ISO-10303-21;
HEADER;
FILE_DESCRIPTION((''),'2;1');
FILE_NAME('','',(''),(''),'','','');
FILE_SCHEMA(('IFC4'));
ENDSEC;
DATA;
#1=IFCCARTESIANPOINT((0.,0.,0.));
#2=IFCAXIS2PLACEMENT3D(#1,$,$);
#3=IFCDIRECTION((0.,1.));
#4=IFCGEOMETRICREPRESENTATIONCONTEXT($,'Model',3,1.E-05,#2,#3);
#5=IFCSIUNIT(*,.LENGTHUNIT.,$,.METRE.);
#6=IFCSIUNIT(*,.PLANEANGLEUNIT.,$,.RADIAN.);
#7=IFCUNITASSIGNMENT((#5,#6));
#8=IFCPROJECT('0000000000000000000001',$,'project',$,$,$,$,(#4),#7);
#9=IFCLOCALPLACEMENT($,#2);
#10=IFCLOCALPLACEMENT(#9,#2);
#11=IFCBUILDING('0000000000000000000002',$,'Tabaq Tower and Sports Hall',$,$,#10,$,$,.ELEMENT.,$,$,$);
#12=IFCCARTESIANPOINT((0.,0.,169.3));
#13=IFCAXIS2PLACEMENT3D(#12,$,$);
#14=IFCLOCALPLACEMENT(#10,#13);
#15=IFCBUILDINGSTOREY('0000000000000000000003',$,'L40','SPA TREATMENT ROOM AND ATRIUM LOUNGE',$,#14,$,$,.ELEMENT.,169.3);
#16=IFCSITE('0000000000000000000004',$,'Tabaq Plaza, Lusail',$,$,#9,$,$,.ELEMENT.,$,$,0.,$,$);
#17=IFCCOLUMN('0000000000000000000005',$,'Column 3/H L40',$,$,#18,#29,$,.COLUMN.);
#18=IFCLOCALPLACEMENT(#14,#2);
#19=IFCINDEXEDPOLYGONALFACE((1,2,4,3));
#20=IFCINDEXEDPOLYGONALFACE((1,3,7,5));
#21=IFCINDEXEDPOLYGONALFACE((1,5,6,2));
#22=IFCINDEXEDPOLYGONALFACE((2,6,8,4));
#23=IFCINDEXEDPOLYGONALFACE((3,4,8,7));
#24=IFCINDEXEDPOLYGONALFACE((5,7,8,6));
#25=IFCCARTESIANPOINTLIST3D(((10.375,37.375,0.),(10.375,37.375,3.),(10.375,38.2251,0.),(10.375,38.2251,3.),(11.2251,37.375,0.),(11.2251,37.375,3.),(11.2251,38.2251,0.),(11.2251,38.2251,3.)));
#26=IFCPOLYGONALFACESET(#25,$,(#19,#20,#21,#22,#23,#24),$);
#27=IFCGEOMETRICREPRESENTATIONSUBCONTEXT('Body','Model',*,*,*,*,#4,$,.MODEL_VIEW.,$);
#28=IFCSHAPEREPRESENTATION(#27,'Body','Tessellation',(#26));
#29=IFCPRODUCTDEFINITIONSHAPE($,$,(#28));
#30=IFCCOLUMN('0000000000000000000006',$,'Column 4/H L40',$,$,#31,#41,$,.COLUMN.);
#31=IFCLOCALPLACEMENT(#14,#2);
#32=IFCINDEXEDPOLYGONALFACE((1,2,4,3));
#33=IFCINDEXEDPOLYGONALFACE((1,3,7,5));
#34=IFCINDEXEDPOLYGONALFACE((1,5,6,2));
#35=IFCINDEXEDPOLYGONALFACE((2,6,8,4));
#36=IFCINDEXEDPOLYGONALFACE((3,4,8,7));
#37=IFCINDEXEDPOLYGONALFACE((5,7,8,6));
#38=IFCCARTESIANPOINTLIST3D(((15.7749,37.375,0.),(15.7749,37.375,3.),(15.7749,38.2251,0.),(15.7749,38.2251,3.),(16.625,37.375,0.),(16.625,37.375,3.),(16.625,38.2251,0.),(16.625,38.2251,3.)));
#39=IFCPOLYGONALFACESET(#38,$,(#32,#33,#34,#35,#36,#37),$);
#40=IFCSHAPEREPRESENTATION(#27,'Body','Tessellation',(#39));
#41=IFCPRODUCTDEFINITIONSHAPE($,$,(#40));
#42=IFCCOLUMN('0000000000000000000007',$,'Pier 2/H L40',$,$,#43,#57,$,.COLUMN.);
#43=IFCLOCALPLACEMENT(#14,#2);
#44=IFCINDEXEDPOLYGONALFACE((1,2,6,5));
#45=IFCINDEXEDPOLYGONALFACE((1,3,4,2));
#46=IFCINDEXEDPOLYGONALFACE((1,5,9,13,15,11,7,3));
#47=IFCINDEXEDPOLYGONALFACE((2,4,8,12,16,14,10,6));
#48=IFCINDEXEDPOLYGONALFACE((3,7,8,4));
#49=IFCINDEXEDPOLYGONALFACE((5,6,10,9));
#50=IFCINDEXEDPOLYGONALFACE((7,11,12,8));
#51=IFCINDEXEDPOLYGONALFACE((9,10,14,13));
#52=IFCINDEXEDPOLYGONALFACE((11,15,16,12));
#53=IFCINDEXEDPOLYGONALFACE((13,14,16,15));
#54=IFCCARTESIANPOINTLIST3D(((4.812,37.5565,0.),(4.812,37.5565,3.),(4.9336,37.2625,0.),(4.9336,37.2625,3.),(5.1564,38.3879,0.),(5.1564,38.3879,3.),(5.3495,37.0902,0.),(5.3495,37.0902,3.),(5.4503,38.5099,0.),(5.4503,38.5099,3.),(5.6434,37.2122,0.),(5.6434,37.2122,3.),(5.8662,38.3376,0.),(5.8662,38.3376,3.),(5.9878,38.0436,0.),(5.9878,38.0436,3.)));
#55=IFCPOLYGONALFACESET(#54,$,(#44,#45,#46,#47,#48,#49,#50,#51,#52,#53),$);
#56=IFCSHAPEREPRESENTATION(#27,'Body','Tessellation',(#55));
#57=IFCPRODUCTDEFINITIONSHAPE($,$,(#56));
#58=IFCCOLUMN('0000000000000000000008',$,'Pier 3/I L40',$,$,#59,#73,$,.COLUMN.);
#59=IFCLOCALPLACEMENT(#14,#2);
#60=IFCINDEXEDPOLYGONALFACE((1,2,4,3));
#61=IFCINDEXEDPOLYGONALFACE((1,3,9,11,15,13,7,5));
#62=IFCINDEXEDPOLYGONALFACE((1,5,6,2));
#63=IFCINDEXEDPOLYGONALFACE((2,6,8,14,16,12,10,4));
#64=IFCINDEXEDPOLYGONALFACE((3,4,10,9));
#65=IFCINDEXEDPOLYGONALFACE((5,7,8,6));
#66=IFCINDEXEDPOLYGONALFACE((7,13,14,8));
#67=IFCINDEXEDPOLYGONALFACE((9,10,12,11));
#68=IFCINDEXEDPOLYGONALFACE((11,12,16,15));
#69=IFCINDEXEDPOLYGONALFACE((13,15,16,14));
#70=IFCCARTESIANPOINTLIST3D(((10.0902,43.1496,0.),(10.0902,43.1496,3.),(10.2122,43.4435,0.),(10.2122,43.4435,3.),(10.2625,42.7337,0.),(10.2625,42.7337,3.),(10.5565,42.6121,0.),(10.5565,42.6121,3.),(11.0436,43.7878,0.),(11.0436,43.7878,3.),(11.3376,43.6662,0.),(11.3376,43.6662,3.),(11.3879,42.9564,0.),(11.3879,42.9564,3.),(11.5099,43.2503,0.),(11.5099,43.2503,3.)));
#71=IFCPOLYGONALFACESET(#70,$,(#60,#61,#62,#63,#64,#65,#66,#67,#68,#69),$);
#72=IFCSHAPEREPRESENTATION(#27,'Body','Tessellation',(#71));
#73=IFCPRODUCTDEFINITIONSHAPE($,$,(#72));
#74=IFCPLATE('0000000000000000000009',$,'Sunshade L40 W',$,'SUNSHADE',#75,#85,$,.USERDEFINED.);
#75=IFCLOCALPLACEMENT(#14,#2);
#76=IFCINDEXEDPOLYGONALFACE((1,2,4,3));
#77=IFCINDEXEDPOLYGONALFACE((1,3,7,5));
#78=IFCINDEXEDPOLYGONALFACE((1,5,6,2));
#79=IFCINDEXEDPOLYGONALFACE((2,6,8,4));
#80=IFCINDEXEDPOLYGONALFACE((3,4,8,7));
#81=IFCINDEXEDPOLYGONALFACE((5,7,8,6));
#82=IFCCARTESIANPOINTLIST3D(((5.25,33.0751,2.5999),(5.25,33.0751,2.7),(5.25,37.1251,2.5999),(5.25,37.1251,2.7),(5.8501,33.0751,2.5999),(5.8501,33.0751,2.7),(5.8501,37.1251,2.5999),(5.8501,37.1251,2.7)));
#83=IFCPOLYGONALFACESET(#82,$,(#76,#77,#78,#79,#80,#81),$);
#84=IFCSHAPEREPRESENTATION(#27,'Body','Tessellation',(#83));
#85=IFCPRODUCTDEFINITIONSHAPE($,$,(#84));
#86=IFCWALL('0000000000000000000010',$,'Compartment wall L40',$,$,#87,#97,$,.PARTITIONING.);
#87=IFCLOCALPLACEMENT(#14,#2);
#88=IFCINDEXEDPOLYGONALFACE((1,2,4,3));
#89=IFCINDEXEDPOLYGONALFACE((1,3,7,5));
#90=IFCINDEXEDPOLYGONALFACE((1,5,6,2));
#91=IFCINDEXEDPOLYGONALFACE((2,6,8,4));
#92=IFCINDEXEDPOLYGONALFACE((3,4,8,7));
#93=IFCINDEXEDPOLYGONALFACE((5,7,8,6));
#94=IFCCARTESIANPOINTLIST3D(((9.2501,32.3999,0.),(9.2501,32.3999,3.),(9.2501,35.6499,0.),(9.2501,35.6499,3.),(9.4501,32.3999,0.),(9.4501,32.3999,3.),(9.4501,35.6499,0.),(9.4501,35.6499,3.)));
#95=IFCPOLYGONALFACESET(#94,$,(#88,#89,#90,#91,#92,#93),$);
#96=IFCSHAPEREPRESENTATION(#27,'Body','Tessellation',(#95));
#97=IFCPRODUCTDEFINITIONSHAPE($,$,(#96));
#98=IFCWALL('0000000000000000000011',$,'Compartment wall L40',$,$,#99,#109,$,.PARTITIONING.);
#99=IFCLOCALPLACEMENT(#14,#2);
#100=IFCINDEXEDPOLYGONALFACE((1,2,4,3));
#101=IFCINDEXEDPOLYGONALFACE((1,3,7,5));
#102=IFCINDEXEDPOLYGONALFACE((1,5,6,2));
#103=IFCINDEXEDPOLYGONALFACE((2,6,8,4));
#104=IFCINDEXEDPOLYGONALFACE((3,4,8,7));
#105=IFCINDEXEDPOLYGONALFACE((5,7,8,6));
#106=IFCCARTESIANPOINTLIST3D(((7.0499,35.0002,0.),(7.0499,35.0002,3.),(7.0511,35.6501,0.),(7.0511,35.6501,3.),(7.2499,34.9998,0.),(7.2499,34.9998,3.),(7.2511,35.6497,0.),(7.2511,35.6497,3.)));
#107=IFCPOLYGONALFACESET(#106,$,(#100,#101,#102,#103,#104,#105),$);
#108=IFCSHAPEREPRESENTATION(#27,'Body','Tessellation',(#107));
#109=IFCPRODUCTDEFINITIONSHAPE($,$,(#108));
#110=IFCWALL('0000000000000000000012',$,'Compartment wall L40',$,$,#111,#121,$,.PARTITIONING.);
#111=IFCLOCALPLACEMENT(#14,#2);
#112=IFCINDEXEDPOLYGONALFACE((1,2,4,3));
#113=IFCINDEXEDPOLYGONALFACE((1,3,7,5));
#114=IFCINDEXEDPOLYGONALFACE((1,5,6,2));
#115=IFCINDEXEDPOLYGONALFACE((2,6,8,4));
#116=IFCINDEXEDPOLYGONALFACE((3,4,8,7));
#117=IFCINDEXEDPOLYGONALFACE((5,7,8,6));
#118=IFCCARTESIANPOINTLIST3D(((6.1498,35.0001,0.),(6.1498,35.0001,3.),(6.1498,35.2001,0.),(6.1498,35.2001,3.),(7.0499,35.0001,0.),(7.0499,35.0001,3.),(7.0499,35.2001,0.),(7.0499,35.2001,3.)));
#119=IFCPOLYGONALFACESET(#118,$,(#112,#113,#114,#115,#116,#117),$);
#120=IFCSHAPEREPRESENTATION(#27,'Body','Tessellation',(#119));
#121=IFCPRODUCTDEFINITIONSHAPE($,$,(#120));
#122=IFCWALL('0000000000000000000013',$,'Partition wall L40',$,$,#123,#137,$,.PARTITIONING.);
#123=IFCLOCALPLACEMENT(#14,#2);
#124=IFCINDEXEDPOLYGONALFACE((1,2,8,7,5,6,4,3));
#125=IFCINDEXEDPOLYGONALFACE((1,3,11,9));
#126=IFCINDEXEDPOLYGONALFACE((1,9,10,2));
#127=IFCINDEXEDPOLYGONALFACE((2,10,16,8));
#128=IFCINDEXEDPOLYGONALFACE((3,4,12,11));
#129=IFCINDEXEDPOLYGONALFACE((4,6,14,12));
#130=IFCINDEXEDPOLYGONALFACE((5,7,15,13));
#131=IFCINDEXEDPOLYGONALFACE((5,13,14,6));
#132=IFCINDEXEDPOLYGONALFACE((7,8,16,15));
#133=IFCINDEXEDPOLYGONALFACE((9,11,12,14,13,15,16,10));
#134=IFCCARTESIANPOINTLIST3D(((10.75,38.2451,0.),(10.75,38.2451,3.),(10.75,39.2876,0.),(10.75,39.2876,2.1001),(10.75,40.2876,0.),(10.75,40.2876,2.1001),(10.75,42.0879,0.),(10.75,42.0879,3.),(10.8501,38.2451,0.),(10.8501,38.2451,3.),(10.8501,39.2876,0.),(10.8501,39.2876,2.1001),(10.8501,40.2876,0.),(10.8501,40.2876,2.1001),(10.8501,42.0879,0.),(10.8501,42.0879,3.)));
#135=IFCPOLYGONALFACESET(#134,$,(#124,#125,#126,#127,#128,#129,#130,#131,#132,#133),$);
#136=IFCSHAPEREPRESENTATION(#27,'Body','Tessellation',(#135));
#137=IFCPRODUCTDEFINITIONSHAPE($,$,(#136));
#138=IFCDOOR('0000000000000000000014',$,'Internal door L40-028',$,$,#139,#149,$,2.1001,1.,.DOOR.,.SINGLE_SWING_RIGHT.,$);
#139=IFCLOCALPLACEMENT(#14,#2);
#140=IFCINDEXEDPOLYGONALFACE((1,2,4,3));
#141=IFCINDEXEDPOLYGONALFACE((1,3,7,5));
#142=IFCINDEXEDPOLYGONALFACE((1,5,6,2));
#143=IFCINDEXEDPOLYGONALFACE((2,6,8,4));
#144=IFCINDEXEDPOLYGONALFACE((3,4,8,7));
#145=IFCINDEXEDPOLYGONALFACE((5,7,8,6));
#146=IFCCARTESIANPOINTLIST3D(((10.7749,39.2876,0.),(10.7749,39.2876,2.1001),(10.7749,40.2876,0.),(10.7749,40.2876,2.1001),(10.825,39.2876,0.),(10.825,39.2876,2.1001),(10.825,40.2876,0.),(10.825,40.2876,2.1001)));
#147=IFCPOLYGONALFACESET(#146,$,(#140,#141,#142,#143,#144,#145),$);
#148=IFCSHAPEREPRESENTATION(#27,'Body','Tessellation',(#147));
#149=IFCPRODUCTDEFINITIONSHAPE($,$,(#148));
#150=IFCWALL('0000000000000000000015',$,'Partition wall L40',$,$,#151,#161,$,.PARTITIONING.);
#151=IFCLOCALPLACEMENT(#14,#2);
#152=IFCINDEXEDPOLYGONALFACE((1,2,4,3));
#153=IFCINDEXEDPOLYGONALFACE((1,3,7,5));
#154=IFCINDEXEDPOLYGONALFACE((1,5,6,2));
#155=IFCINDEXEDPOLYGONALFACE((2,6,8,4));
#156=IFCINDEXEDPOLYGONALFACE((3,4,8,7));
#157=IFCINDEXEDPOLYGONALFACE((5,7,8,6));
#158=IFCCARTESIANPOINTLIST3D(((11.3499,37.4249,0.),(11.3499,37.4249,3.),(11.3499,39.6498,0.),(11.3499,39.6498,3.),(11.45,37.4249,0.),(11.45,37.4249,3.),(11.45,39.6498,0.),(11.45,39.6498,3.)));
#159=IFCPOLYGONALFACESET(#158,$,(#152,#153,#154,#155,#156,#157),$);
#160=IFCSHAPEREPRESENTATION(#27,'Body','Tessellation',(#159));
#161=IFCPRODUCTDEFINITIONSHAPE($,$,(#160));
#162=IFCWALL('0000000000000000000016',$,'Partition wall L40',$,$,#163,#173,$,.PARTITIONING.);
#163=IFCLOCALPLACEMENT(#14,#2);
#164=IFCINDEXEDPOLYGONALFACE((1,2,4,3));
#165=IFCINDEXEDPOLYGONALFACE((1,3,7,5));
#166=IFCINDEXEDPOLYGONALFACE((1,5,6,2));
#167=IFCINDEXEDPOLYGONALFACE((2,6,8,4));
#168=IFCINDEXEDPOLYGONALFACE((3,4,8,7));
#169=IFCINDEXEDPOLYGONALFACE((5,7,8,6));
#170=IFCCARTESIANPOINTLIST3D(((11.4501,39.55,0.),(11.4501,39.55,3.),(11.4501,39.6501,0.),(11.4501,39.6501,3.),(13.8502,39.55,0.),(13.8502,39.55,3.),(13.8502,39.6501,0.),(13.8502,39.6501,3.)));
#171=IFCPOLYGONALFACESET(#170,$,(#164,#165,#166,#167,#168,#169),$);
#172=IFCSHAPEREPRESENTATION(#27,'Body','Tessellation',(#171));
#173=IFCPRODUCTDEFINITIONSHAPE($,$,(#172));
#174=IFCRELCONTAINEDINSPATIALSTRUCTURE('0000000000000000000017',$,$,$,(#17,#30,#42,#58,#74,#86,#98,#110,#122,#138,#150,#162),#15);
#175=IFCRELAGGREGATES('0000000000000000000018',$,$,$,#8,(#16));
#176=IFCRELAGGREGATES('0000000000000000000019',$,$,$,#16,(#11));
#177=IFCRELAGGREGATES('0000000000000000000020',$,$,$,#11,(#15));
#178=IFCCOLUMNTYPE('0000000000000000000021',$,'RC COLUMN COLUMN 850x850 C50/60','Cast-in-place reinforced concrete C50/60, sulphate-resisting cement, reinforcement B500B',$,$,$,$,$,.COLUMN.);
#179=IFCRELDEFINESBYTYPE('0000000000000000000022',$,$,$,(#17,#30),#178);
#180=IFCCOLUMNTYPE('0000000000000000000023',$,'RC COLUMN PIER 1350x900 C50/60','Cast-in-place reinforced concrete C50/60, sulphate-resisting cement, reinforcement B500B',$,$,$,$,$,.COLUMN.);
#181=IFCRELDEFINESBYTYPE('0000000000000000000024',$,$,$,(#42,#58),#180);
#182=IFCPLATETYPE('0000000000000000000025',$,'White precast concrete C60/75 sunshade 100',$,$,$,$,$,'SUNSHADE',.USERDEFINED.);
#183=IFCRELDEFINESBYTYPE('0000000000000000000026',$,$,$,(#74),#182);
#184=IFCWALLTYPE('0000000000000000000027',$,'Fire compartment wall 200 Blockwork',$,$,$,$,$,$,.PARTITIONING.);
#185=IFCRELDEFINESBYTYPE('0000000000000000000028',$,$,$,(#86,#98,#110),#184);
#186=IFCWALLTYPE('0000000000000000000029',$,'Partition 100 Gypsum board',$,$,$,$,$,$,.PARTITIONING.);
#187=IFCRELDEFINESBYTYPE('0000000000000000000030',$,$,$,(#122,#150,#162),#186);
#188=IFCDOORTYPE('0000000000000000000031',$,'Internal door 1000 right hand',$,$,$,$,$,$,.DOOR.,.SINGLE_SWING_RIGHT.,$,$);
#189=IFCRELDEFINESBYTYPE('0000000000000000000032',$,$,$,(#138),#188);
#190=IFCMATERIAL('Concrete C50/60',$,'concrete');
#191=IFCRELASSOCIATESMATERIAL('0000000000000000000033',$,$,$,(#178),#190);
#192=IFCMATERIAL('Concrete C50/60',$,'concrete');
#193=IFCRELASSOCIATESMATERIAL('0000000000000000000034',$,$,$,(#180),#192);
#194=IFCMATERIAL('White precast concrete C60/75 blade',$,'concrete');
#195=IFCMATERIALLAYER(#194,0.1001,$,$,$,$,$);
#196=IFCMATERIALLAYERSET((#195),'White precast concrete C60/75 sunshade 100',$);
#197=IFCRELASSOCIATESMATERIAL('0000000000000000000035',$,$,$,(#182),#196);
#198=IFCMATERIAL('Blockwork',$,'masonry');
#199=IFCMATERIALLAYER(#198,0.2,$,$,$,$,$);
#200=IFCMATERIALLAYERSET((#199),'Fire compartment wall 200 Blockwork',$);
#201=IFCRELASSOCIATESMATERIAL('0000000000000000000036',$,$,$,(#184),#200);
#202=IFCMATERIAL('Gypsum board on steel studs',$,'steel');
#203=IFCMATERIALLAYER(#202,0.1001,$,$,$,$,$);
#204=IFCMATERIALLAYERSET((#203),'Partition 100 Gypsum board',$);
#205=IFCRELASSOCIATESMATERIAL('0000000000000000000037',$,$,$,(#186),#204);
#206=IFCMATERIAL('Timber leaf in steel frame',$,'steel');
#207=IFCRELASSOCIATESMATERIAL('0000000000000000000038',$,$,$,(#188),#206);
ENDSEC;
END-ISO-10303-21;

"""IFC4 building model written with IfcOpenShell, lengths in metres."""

from ifc_helpers import new_model, si_unit, direction, frame, frame_2d, origin, origin_2d, place, context, subcontext, project, spatial, polyline, rectangle, outline, extrude, material, layer, layer_set, material_profile, profile_set, type_object, element, fill, save


model = new_model("IFC4")

# Units and contexts
model_context = context("Model", 3, precision=1e-05, world=origin(), true_north=direction((0.0, 1.0)))
body_context = subcontext(model_context, "Body", "Model", "MODEL_VIEW")
ifc_project = project(units=[si_unit("LENGTHUNIT", "METRE"), si_unit("PLANEANGLEUNIT", "RADIAN")], contexts=[model_context])

# Site, building, storey
site_placement = place(None, origin())
site = spatial("IfcSite", under=ifc_project, at=site_placement, Name="Tabaq Plaza, Lusail", CompositionType="ELEMENT", RefElevation=0.0)
building_placement = place(site_placement, origin())
building = spatial("IfcBuilding", under=site, at=building_placement, Name="Tabaq Tower and Sports Hall", CompositionType="ELEMENT")
storey_placement = place(building_placement, frame((0.0, 0.0, 169.3)))
storey = spatial("IfcBuildingStorey", under=building, at=storey_placement, Name="L40", Description="SPA TREATMENT ROOM AND ATRIUM LOUNGE", CompositionType="ELEMENT", Elevation=169.3)

# Columns
ifc_material_1 = material(Name="Concrete C50/60", Category="concrete")
ifc_material_profile_1 = material_profile(ifc_material_1, rectangle(XDim=0.8501, YDim=0.8501, at=origin_2d()), Name="COLUMN 850x850")
ifc_profile_set_1 = profile_set([ifc_material_profile_1], Name="Concrete C50/60")
column_type_1 = type_object("IfcColumnType", Name="RC COLUMN COLUMN 850x850 C50/60", Description="Cast-in-place reinforced concrete C50/60, sulphate-resisting cement, reinforcement B500B", PredefinedType="COLUMN", material=ifc_profile_set_1)
for number, where, z_axis, x_axis, name in (
    (1, (10.8, 37.8, 0.0), (0.0, 0.0, 1.0), (1.0, 0.0, 0.0), "Column 3/H L40"),
    (2, (16.2, 37.8, 0.0), (0.0, 0.0, 1.0), (1.0, 0.0, 0.0), "Column 4/H L40"),
):
    element("IfcColumn", number, at=place(storey_placement, frame(where, z_axis=z_axis, x_axis=x_axis)), inside=storey, type_object=column_type_1, Name=name, PredefinedType="COLUMN", context=body_context, shape_type="SweptSolid", body=[
        extrude(rectangle(XDim=0.8501, YDim=0.8501, at=origin_2d()), origin(), (0.0, 0.0, 1.0), 3.0),
    ])
ifc_material_2 = material(Name="Concrete C50/60", Category="concrete")
ifc_material_profile_2 = material_profile(ifc_material_2, outline(polyline([(-0.45, -0.45), (0.45, -0.45), (0.675, -0.2251), (0.675, 0.2251), (0.45, 0.45), (-0.45, 0.45), (-0.675, 0.2251), (-0.675, -0.2251), (-0.45, -0.45)])), Name="PIER 1350x900")
ifc_profile_set_2 = profile_set([ifc_material_profile_2], Name="Concrete C50/60")
column_type_2 = type_object("IfcColumnType", Name="RC COLUMN PIER 1350x900 C50/60", Description="Cast-in-place reinforced concrete C50/60, sulphate-resisting cement, reinforcement B500B", PredefinedType="COLUMN", material=ifc_profile_set_2)
for number, where, z_axis, x_axis, name in (
    (3, (5.3999, 37.8, 0.0), (0.0, 0.0, 1.0), (0.382683, 0.92388, 0.0), "Pier 2/H L40"),
    (4, (10.8, 43.2, 0.0), (0.0, 0.0, 1.0), (0.92388, 0.382683, 0.0), "Pier 3/I L40"),
):
    element("IfcColumn", number, at=place(storey_placement, frame(where, z_axis=z_axis, x_axis=x_axis)), inside=storey, type_object=column_type_2, Name=name, PredefinedType="COLUMN", context=body_context, shape_type="SweptSolid", body=[
        extrude(outline(polyline([(-0.45, -0.45), (0.45, -0.45), (0.675, -0.2251), (0.675, 0.2251), (0.45, 0.45), (-0.45, 0.45), (-0.675, 0.2251), (-0.675, -0.2251), (-0.45, -0.45)])), origin(), (0.0, 0.0, 1.0), 3.0),
    ])

# Plate
ifc_material_3 = material(Name="White precast concrete C60/75 blade", Category="concrete")
ifc_layer_1 = layer(ifc_material_3, 0.1001)
ifc_layer_set_1 = layer_set([ifc_layer_1], Name="White precast concrete C60/75 sunshade 100")
plate_type = type_object("IfcPlateType", Name="White precast concrete C60/75 sunshade 100", ElementType="SUNSHADE", PredefinedType="USERDEFINED", material=ifc_layer_set_1)
plate_placement = place(storey_placement, frame((5.55, 35.1001, 2.5999), z_axis=(0.0, 0.0, 1.0), x_axis=(0.0, -1.0, 0.0)))
element("IfcPlate", 5, at=plate_placement, inside=storey, type_object=plate_type, Name="Sunshade L40 W", ObjectType="SUNSHADE", PredefinedType="USERDEFINED", context=body_context, shape_type="SweptSolid", body=[
    extrude(rectangle(XDim=4.05, YDim=0.6001, at=origin_2d()), origin(), (0.0, 0.0, 1.0), 0.1001),
])

# Wall
ifc_material_4 = material(Name="Blockwork", Category="masonry")
ifc_layer_2 = layer(ifc_material_4, 0.2)
ifc_layer_set_2 = layer_set([ifc_layer_2], Name="Fire compartment wall 200 Blockwork")
wall_type_1 = type_object("IfcWallType", Name="Fire compartment wall 200 Blockwork", PredefinedType="PARTITIONING", material=ifc_layer_set_2)
wall_1_placement = place(storey_placement, frame((9.3501, 35.6499, 0.0), z_axis=(0.0, 0.0, 1.0), x_axis=(0.0, -1.0, 0.0)))
element("IfcWall", 6, at=wall_1_placement, inside=storey, type_object=wall_type_1, Name="Compartment wall L40", PredefinedType="PARTITIONING", context=body_context, shape_type="SweptSolid", body=[
    extrude(rectangle(XDim=3.25, YDim=0.2, at=frame_2d((1.625, 0.0))), origin(), (0.0, 0.0, 1.0), 3.0),
])

# Walls
wall_2_placement = place(storey_placement, frame((7.1511, 35.6499, 0.0), z_axis=(0.0, 0.0, 1.0), x_axis=(-0.001878, -0.999998, 0.0)))
element("IfcWall", 7, at=wall_2_placement, inside=storey, type_object=wall_type_1, Name="Compartment wall L40", PredefinedType="PARTITIONING", context=body_context, shape_type="SweptSolid", body=[
    extrude(rectangle(XDim=0.6499, YDim=0.2, at=frame_2d((0.325, 0.0))), origin(), (0.0, 0.0, 1.0), 3.0),
])
wall_3_placement = place(storey_placement, frame((7.05, 35.1001, 0.0), z_axis=(0.0, 0.0, 1.0), x_axis=(-1.0, 0.0, 0.0)))
element("IfcWall", 8, at=wall_3_placement, inside=storey, type_object=wall_type_1, Name="Compartment wall L40", PredefinedType="PARTITIONING", context=body_context, shape_type="SweptSolid", body=[
    extrude(rectangle(XDim=0.9001, YDim=0.2, at=frame_2d((0.4502, 0.0))), origin(), (0.0, 0.0, 1.0), 3.0),
])

# Wall, opening, door
ifc_material_5 = material(Name="Gypsum board on steel studs", Category="steel")
ifc_layer_3 = layer(ifc_material_5, 0.1001)
ifc_layer_set_3 = layer_set([ifc_layer_3], Name="Partition 100 Gypsum board")
wall_type_2 = type_object("IfcWallType", Name="Partition 100 Gypsum board", PredefinedType="PARTITIONING", material=ifc_layer_set_3)
wall_4_placement = place(storey_placement, frame((10.8, 42.0879, 0.0), z_axis=(0.0, 0.0, 1.0), x_axis=(0.0, -1.0, 0.0)))
wall_4 = element("IfcWall", 9, at=wall_4_placement, inside=storey, type_object=wall_type_2, Name="Partition wall L40", PredefinedType="PARTITIONING", context=body_context, shape_type="SweptSolid", body=[
    extrude(rectangle(XDim=3.8428, YDim=0.1001, at=frame_2d((1.9214, 0.0))), origin(), (0.0, 0.0, 1.0), 3.0),
])
opening_1_placement = place(wall_4_placement, frame((1.8003, 0.0, 0.0)))
opening_1 = element("IfcOpeningElement", 10, at=opening_1_placement, cuts=wall_4, PredefinedType="OPENING", context=body_context, shape_type="SweptSolid", body=[
    extrude(rectangle(XDim=1.0, YDim=2.1001, at=frame_2d((0.5, 1.05))), frame((0.0, 0.05, 0.0), z_axis=(0.0, -1.0, 0.0), x_axis=(1.0, 0.0, 0.0)), (0.0, 0.0, 1.0), 0.1001),
])
ifc_material_6 = material(Name="Timber leaf in steel frame", Category="steel")
door_type_1 = type_object("IfcDoorType", Name="Internal door 1000 right hand", OperationType="SINGLE_SWING_RIGHT", PredefinedType="DOOR", material=ifc_material_6)
door_1_placement = place(opening_1_placement, origin())
door_1 = element("IfcDoor", 11, at=door_1_placement, inside=storey, type_object=door_type_1, Name="Internal door L40-028", OperationType="SINGLE_SWING_RIGHT", OverallHeight=2.1001, OverallWidth=1.0, PredefinedType="DOOR", context=body_context, shape_type="SweptSolid", body=[
    extrude(rectangle(XDim=1.0, YDim=2.1001, at=frame_2d((0.5, 1.05))), frame((0.0, 0.0249, 0.0), z_axis=(0.0, -1.0, 0.0), x_axis=(1.0, 0.0, 0.0)), (0.0, 0.0, 1.0), 0.05),
])
fill(opening_1, door_1)

# Walls
wall_5_placement = place(storey_placement, frame((11.3999, 37.425, 0.0), z_axis=(0.0, 0.0, 1.0), x_axis=(0.0, 1.0, 0.0)))
element("IfcWall", 12, at=wall_5_placement, inside=storey, type_object=wall_type_2, Name="Partition wall L40", PredefinedType="PARTITIONING", context=body_context, shape_type="SweptSolid", body=[
    extrude(rectangle(XDim=2.2249, YDim=0.1001, at=frame_2d((1.1123, 0.0))), origin(), (0.0, 0.0, 1.0), 3.0),
])
wall_6_placement = place(storey_placement, frame((11.45, 39.6001, 0.0), z_axis=(0.0, 0.0, 1.0), x_axis=(1.0, 0.0, 0.0)))
element("IfcWall", 13, at=wall_6_placement, inside=storey, type_object=wall_type_2, Name="Partition wall L40", PredefinedType="PARTITIONING", context=body_context, shape_type="SweptSolid", body=[
    extrude(rectangle(XDim=2.4001, YDim=0.1001, at=frame_2d((1.2002, 0.0))), origin(), (0.0, 0.0, 1.0), 3.0),
])

save(model, "model.ifc")
